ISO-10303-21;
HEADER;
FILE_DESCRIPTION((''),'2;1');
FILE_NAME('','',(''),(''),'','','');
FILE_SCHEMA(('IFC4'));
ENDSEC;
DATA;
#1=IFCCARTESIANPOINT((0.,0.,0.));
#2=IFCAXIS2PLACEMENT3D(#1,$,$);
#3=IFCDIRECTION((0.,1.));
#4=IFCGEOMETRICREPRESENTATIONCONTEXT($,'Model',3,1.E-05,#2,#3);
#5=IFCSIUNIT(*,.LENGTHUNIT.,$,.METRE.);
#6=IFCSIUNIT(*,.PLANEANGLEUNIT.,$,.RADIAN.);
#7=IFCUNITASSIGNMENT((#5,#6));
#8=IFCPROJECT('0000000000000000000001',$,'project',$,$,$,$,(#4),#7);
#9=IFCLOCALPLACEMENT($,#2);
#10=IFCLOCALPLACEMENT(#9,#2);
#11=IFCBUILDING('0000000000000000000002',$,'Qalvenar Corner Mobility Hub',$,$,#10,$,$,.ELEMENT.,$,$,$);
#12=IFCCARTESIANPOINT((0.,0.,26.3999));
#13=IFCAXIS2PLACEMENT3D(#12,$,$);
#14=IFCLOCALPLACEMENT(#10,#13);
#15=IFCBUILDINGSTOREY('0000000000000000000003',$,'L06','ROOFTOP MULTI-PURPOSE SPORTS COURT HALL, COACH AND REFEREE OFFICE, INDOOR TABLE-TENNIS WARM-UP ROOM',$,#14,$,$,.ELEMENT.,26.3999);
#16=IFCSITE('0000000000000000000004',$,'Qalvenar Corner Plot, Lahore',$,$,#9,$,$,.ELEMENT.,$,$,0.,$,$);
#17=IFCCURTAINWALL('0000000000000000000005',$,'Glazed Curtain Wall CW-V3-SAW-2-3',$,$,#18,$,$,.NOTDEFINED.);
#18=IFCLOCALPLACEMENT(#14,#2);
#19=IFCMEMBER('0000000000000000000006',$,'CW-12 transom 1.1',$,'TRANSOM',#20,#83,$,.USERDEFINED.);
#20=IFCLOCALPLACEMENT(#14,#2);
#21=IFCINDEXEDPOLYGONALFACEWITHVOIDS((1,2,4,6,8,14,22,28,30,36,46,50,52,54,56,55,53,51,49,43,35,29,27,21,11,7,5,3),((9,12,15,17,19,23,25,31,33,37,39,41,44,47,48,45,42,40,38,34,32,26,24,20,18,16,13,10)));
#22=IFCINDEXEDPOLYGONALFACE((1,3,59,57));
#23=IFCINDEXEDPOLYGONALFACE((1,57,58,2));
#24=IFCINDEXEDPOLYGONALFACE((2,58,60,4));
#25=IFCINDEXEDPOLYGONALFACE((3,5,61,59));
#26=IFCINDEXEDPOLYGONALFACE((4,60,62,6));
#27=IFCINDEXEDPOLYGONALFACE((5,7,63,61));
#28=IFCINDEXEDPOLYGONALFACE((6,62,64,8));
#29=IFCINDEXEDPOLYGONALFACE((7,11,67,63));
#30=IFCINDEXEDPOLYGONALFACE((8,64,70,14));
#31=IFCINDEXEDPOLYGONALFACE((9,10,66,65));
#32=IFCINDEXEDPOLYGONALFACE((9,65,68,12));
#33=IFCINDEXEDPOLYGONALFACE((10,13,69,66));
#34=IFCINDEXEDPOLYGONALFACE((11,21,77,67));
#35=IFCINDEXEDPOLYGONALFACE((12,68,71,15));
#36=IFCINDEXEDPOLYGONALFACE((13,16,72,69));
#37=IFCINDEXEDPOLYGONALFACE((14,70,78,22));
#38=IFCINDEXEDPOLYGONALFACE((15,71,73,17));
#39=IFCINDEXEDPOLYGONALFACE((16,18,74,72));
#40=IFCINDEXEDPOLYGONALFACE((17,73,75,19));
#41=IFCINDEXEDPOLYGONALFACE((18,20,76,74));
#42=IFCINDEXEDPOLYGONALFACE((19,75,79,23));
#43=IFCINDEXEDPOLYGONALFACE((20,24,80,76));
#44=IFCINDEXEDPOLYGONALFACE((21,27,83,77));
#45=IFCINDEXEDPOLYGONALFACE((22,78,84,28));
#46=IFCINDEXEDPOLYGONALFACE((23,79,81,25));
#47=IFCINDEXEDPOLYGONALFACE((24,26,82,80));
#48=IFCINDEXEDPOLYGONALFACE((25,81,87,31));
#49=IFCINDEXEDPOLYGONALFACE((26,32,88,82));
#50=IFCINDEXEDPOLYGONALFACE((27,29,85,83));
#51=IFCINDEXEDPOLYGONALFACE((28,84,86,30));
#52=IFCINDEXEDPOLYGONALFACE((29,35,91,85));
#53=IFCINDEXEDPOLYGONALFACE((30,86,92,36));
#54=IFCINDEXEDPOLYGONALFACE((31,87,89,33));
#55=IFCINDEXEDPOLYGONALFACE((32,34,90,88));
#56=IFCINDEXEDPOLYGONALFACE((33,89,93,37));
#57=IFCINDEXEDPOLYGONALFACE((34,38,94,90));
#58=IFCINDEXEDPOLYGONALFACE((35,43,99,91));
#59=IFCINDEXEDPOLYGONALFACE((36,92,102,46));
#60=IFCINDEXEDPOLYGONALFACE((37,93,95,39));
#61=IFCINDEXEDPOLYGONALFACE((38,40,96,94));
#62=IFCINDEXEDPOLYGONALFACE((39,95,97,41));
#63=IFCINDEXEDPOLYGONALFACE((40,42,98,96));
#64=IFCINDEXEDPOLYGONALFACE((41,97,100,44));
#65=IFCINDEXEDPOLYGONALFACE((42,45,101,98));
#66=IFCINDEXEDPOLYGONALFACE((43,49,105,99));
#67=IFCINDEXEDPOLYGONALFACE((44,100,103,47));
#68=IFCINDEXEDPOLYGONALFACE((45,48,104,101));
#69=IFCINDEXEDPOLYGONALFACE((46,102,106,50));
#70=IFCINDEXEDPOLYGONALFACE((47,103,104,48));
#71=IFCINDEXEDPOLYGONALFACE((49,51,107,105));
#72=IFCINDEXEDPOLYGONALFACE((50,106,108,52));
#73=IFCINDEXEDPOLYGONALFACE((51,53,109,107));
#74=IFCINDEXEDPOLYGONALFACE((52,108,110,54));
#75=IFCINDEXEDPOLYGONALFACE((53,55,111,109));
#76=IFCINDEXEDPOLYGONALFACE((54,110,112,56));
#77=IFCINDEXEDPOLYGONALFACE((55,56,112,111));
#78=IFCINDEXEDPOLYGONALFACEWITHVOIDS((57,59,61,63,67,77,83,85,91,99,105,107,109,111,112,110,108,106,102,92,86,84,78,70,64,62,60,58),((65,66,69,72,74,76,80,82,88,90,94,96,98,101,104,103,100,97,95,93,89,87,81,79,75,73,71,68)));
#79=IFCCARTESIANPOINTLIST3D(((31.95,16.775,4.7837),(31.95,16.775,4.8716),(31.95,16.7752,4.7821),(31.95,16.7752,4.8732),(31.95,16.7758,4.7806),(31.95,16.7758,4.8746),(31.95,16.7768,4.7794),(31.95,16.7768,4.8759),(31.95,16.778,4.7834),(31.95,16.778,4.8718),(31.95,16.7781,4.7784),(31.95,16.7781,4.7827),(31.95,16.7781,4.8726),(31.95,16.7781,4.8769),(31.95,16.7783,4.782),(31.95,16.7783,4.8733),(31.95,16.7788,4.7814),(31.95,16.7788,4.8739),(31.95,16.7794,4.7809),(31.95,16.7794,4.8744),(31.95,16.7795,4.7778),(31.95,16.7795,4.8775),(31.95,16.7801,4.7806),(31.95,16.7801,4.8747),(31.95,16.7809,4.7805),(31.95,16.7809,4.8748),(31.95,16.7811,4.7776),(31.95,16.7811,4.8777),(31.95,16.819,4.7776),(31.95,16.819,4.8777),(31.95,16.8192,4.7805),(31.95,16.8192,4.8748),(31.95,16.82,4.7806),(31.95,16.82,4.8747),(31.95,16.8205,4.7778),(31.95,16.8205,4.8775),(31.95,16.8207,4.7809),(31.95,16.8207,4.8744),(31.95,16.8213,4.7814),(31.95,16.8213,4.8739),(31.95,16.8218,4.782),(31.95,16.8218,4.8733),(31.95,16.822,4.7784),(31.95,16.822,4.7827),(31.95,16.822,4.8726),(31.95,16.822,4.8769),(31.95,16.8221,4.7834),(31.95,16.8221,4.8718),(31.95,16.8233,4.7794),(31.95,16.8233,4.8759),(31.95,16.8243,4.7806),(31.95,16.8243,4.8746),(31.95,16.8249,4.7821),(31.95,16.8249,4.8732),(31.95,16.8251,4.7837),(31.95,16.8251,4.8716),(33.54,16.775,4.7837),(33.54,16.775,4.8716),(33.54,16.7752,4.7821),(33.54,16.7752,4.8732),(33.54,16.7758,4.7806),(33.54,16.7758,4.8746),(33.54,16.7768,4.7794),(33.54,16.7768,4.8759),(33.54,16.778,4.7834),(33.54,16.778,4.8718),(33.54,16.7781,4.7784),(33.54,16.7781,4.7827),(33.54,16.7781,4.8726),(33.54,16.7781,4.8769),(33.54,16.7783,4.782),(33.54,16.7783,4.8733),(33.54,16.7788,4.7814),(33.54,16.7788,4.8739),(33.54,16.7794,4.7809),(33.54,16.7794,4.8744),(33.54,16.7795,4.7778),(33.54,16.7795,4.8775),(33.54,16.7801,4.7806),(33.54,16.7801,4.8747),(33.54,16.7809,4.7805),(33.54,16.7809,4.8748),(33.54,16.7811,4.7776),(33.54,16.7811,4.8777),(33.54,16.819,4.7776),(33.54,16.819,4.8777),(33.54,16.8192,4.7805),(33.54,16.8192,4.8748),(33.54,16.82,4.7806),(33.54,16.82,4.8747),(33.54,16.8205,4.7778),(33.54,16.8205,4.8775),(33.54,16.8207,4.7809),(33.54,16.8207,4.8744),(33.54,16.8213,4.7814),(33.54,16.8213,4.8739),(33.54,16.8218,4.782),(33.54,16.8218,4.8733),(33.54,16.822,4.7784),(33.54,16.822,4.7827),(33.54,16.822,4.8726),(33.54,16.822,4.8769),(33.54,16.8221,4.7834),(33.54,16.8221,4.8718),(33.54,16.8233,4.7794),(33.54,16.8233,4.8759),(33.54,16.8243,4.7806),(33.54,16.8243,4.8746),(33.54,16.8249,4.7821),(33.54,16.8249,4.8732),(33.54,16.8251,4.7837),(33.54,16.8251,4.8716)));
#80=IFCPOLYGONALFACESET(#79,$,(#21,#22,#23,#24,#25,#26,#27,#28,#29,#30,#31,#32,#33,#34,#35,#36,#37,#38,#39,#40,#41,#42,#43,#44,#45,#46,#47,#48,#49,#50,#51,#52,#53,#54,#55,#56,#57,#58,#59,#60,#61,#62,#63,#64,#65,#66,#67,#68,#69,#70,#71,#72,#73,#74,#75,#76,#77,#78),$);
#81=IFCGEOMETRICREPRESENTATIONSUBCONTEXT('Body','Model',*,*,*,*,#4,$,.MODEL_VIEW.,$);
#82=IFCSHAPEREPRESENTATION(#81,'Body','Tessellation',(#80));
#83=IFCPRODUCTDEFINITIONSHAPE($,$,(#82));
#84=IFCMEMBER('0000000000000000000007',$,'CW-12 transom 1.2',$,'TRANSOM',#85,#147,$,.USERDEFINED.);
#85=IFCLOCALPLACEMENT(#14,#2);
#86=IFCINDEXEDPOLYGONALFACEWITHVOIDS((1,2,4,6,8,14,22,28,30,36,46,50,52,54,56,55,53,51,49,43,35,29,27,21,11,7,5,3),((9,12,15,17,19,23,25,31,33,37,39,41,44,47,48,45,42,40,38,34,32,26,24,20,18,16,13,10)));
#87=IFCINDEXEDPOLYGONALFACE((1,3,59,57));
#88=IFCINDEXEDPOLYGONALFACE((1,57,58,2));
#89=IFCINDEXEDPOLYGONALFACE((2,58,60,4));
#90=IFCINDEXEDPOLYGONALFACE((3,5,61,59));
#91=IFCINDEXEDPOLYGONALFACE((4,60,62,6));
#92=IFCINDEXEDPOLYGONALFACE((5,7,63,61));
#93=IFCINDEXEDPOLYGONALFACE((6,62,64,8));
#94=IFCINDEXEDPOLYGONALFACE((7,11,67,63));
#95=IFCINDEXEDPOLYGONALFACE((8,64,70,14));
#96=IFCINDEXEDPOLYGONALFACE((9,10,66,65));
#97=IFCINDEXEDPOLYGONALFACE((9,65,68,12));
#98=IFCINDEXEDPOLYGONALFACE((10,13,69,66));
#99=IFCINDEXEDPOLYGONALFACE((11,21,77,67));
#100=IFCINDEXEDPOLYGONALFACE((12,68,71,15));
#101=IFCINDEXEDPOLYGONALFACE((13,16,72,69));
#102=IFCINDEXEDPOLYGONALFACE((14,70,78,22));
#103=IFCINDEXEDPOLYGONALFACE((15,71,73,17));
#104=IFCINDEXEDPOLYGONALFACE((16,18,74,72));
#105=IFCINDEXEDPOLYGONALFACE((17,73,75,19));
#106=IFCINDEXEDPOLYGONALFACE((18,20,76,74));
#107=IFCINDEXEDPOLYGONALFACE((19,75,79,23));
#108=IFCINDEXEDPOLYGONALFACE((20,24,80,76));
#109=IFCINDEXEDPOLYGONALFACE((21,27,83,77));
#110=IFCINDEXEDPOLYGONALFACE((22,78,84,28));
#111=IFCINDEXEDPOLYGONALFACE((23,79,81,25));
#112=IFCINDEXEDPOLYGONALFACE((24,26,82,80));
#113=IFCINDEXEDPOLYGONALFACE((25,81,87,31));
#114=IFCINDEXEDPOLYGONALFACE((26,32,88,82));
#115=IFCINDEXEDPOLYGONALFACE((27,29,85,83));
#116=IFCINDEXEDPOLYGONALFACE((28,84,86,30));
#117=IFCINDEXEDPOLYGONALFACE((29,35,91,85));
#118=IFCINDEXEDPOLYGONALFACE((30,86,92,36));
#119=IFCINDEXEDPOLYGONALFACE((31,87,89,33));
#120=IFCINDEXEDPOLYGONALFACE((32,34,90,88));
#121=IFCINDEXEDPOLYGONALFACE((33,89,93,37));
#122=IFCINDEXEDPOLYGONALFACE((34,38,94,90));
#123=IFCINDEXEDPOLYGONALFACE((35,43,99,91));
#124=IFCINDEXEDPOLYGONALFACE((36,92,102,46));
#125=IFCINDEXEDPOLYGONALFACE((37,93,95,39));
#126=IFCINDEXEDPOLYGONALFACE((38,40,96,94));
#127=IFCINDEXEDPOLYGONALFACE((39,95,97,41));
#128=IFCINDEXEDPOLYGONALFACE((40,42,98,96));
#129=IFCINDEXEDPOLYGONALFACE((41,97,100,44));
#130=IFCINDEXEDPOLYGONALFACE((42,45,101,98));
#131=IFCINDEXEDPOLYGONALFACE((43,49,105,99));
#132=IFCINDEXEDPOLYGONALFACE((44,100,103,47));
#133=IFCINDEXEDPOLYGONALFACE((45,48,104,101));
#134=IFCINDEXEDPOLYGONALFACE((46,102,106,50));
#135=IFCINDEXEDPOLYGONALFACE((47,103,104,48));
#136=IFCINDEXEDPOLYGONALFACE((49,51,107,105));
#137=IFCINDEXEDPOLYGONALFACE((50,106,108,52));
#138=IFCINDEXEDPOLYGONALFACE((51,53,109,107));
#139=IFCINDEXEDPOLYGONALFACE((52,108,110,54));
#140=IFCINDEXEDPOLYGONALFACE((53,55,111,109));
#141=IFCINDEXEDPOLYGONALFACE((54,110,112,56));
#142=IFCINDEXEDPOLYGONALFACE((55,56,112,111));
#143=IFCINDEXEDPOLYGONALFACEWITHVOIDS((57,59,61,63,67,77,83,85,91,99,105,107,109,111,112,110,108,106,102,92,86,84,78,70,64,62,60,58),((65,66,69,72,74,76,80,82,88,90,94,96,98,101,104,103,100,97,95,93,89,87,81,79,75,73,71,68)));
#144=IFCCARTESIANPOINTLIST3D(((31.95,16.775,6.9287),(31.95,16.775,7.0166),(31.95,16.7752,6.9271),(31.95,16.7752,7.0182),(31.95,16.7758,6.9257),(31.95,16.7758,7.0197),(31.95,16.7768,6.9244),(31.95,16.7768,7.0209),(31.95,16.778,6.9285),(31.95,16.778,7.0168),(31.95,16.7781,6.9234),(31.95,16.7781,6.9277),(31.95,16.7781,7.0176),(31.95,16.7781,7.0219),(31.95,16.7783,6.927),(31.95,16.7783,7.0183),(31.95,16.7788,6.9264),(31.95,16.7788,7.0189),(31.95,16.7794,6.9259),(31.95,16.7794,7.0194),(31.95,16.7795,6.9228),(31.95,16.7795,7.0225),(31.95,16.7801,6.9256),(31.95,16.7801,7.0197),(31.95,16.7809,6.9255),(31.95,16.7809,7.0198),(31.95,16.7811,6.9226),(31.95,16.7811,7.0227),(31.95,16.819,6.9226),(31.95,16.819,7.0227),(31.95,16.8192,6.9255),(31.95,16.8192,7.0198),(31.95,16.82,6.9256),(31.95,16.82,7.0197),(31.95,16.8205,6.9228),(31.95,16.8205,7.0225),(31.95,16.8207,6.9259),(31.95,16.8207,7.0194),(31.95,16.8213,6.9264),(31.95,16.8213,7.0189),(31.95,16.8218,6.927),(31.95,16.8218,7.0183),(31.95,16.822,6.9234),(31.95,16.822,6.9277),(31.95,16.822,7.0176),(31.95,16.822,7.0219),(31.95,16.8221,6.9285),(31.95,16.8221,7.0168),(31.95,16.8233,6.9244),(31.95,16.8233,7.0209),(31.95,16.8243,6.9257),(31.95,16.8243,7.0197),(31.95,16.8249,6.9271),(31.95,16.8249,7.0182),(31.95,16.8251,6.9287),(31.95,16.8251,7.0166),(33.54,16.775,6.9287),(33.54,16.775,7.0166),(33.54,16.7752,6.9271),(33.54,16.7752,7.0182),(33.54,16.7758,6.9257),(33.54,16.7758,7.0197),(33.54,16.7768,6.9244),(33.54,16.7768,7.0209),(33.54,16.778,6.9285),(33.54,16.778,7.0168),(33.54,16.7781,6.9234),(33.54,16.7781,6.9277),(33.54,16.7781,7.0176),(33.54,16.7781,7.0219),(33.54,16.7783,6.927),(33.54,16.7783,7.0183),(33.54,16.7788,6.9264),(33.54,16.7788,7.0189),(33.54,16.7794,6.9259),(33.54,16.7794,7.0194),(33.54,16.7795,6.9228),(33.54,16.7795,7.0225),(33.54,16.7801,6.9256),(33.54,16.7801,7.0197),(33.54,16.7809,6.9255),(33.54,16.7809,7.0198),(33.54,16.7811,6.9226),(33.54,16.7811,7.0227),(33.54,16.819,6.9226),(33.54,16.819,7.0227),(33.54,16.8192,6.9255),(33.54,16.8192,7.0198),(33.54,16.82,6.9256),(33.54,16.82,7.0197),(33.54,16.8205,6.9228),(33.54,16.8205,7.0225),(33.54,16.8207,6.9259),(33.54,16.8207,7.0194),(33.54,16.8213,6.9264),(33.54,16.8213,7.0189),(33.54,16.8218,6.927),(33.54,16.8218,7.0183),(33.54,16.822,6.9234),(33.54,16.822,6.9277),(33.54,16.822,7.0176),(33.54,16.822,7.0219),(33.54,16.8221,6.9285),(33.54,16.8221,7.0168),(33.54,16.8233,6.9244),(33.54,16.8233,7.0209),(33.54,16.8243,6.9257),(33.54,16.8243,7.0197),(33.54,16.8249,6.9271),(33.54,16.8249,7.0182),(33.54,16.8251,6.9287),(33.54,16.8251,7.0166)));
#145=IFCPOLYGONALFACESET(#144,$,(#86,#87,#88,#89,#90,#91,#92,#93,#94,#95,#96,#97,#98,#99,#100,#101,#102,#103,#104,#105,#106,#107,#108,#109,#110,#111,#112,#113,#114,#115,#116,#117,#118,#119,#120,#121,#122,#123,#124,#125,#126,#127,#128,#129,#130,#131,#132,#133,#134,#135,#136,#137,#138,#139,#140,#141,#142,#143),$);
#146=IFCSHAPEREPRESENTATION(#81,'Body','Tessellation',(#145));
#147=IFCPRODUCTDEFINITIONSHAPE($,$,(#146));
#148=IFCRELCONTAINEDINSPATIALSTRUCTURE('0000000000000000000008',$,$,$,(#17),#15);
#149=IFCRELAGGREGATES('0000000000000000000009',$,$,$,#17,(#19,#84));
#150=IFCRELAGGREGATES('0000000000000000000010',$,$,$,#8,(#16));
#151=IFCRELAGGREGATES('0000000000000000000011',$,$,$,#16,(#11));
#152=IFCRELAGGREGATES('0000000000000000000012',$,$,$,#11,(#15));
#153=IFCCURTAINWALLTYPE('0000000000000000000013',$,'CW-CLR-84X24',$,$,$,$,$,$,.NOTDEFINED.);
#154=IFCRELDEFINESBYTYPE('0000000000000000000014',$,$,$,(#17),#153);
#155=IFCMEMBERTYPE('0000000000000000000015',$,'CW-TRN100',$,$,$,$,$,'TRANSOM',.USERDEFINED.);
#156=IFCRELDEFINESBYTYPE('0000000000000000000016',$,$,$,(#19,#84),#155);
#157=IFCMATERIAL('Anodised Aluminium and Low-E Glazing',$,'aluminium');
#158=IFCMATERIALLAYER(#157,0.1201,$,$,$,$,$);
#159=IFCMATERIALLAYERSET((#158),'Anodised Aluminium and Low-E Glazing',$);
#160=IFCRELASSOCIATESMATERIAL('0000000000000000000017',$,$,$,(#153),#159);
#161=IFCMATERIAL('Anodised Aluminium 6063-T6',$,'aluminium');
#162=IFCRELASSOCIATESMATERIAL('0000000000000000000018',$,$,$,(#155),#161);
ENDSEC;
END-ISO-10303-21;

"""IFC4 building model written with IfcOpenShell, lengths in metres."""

from ifc_helpers import new_model, si_unit, direction, frame, origin, origin_2d, place, context, subcontext, project, spatial, hollow_rectangle, extrude, material, layer, layer_set, material_profile, profile_set, type_object, element, aggregate, save


model = new_model("IFC4")

# Units and contexts
model_context = context("Model", 3, precision=1e-05, world=origin(), true_north=direction((0.0, 1.0)))
body_context = subcontext(model_context, "Body", "Model", "MODEL_VIEW")
ifc_project = project(units=[si_unit("LENGTHUNIT", "METRE"), si_unit("PLANEANGLEUNIT", "RADIAN")], contexts=[model_context])

# Site, building, storey
site_placement = place(None, origin())
site = spatial("IfcSite", under=ifc_project, at=site_placement, Name="Qalvenar Corner Plot, Lahore", CompositionType="ELEMENT", RefElevation=0.0)
building_placement = place(site_placement, origin())
building = spatial("IfcBuilding", under=site, at=building_placement, Name="Qalvenar Corner Mobility Hub", CompositionType="ELEMENT")
storey_placement = place(building_placement, frame((0.0, 0.0, 26.3999)))
storey = spatial("IfcBuildingStorey", under=building, at=storey_placement, Name="L06", Description="ROOFTOP MULTI-PURPOSE SPORTS COURT HALL, COACH AND REFEREE OFFICE, INDOOR TABLE-TENNIS WARM-UP ROOM", CompositionType="ELEMENT", Elevation=26.3999)

# Shared definitions
ifc_material_1 = material(Name="Anodised Aluminium and Low-E Glazing", Category="aluminium")
ifc_layer_1 = layer(ifc_material_1, 0.1201)
ifc_layer_set_1 = layer_set([ifc_layer_1], Name="Anodised Aluminium and Low-E Glazing")
curtain_wall_type = type_object("IfcCurtainWallType", Name="CW-CLR-84X24", PredefinedType="NOTDEFINED", material=ifc_layer_set_1)
ifc_material_2 = material(Name="Anodised Aluminium 6063-T6", Category="aluminium")

# Curtain wall
curtain_wall_1_placement = place(storey_placement, origin())
curtain_wall_1 = element("IfcCurtainWall", 1, at=curtain_wall_1_placement, inside=storey, type_object=curtain_wall_type, Name="Glazed Curtain Wall CW-V3-SAW-2-3", PredefinedType="NOTDEFINED")

# Members
ifc_material_profile_1 = material_profile(ifc_material_2, hollow_rectangle(XDim=0.05, YDim=0.1001, WallThickness=0.0029, InnerFilletRadius=0.0029, OuterFilletRadius=0.0061, at=origin_2d()), Name="RHS100x50x3")
ifc_profile_set_1 = profile_set([ifc_material_profile_1], Name="Anodised Aluminium 6063-T6")
member_type_1 = type_object("IfcMemberType", Name="CW-TRN100", ElementType="TRANSOM", PredefinedType="USERDEFINED", material=ifc_profile_set_1)
member_1_placement = place(storey_placement, frame((33.54, 16.8, 4.8276), z_axis=(-1.0, 0.0, 0.0), x_axis=(0.0, -1.0, 0.0)))
member_1 = element("IfcMember", 2, at=member_1_placement, type_object=member_type_1, Name="CW-12 transom 1.1", ObjectType="TRANSOM", PredefinedType="USERDEFINED", context=body_context, shape_type="SweptSolid", body=[
    extrude(hollow_rectangle(XDim=0.05, YDim=0.1001, WallThickness=0.0029, InnerFilletRadius=0.0029, OuterFilletRadius=0.0061, at=origin_2d()), origin(), (0.0, 0.0, 1.0), 1.5901),
])
member_2_placement = place(storey_placement, frame((33.54, 16.8, 6.9727), z_axis=(-1.0, 0.0, 0.0), x_axis=(0.0, -1.0, 0.0)))
member_2 = element("IfcMember", 3, at=member_2_placement, type_object=member_type_1, Name="CW-12 transom 1.2", ObjectType="TRANSOM", PredefinedType="USERDEFINED", context=body_context, shape_type="SweptSolid", body=[
    extrude(hollow_rectangle(XDim=0.05, YDim=0.1001, WallThickness=0.0029, InnerFilletRadius=0.0029, OuterFilletRadius=0.0061, at=origin_2d()), origin(), (0.0, 0.0, 1.0), 1.5901),
])

aggregate(curtain_wall_1, [member_1, member_2])

save(model, "model.ifc")
